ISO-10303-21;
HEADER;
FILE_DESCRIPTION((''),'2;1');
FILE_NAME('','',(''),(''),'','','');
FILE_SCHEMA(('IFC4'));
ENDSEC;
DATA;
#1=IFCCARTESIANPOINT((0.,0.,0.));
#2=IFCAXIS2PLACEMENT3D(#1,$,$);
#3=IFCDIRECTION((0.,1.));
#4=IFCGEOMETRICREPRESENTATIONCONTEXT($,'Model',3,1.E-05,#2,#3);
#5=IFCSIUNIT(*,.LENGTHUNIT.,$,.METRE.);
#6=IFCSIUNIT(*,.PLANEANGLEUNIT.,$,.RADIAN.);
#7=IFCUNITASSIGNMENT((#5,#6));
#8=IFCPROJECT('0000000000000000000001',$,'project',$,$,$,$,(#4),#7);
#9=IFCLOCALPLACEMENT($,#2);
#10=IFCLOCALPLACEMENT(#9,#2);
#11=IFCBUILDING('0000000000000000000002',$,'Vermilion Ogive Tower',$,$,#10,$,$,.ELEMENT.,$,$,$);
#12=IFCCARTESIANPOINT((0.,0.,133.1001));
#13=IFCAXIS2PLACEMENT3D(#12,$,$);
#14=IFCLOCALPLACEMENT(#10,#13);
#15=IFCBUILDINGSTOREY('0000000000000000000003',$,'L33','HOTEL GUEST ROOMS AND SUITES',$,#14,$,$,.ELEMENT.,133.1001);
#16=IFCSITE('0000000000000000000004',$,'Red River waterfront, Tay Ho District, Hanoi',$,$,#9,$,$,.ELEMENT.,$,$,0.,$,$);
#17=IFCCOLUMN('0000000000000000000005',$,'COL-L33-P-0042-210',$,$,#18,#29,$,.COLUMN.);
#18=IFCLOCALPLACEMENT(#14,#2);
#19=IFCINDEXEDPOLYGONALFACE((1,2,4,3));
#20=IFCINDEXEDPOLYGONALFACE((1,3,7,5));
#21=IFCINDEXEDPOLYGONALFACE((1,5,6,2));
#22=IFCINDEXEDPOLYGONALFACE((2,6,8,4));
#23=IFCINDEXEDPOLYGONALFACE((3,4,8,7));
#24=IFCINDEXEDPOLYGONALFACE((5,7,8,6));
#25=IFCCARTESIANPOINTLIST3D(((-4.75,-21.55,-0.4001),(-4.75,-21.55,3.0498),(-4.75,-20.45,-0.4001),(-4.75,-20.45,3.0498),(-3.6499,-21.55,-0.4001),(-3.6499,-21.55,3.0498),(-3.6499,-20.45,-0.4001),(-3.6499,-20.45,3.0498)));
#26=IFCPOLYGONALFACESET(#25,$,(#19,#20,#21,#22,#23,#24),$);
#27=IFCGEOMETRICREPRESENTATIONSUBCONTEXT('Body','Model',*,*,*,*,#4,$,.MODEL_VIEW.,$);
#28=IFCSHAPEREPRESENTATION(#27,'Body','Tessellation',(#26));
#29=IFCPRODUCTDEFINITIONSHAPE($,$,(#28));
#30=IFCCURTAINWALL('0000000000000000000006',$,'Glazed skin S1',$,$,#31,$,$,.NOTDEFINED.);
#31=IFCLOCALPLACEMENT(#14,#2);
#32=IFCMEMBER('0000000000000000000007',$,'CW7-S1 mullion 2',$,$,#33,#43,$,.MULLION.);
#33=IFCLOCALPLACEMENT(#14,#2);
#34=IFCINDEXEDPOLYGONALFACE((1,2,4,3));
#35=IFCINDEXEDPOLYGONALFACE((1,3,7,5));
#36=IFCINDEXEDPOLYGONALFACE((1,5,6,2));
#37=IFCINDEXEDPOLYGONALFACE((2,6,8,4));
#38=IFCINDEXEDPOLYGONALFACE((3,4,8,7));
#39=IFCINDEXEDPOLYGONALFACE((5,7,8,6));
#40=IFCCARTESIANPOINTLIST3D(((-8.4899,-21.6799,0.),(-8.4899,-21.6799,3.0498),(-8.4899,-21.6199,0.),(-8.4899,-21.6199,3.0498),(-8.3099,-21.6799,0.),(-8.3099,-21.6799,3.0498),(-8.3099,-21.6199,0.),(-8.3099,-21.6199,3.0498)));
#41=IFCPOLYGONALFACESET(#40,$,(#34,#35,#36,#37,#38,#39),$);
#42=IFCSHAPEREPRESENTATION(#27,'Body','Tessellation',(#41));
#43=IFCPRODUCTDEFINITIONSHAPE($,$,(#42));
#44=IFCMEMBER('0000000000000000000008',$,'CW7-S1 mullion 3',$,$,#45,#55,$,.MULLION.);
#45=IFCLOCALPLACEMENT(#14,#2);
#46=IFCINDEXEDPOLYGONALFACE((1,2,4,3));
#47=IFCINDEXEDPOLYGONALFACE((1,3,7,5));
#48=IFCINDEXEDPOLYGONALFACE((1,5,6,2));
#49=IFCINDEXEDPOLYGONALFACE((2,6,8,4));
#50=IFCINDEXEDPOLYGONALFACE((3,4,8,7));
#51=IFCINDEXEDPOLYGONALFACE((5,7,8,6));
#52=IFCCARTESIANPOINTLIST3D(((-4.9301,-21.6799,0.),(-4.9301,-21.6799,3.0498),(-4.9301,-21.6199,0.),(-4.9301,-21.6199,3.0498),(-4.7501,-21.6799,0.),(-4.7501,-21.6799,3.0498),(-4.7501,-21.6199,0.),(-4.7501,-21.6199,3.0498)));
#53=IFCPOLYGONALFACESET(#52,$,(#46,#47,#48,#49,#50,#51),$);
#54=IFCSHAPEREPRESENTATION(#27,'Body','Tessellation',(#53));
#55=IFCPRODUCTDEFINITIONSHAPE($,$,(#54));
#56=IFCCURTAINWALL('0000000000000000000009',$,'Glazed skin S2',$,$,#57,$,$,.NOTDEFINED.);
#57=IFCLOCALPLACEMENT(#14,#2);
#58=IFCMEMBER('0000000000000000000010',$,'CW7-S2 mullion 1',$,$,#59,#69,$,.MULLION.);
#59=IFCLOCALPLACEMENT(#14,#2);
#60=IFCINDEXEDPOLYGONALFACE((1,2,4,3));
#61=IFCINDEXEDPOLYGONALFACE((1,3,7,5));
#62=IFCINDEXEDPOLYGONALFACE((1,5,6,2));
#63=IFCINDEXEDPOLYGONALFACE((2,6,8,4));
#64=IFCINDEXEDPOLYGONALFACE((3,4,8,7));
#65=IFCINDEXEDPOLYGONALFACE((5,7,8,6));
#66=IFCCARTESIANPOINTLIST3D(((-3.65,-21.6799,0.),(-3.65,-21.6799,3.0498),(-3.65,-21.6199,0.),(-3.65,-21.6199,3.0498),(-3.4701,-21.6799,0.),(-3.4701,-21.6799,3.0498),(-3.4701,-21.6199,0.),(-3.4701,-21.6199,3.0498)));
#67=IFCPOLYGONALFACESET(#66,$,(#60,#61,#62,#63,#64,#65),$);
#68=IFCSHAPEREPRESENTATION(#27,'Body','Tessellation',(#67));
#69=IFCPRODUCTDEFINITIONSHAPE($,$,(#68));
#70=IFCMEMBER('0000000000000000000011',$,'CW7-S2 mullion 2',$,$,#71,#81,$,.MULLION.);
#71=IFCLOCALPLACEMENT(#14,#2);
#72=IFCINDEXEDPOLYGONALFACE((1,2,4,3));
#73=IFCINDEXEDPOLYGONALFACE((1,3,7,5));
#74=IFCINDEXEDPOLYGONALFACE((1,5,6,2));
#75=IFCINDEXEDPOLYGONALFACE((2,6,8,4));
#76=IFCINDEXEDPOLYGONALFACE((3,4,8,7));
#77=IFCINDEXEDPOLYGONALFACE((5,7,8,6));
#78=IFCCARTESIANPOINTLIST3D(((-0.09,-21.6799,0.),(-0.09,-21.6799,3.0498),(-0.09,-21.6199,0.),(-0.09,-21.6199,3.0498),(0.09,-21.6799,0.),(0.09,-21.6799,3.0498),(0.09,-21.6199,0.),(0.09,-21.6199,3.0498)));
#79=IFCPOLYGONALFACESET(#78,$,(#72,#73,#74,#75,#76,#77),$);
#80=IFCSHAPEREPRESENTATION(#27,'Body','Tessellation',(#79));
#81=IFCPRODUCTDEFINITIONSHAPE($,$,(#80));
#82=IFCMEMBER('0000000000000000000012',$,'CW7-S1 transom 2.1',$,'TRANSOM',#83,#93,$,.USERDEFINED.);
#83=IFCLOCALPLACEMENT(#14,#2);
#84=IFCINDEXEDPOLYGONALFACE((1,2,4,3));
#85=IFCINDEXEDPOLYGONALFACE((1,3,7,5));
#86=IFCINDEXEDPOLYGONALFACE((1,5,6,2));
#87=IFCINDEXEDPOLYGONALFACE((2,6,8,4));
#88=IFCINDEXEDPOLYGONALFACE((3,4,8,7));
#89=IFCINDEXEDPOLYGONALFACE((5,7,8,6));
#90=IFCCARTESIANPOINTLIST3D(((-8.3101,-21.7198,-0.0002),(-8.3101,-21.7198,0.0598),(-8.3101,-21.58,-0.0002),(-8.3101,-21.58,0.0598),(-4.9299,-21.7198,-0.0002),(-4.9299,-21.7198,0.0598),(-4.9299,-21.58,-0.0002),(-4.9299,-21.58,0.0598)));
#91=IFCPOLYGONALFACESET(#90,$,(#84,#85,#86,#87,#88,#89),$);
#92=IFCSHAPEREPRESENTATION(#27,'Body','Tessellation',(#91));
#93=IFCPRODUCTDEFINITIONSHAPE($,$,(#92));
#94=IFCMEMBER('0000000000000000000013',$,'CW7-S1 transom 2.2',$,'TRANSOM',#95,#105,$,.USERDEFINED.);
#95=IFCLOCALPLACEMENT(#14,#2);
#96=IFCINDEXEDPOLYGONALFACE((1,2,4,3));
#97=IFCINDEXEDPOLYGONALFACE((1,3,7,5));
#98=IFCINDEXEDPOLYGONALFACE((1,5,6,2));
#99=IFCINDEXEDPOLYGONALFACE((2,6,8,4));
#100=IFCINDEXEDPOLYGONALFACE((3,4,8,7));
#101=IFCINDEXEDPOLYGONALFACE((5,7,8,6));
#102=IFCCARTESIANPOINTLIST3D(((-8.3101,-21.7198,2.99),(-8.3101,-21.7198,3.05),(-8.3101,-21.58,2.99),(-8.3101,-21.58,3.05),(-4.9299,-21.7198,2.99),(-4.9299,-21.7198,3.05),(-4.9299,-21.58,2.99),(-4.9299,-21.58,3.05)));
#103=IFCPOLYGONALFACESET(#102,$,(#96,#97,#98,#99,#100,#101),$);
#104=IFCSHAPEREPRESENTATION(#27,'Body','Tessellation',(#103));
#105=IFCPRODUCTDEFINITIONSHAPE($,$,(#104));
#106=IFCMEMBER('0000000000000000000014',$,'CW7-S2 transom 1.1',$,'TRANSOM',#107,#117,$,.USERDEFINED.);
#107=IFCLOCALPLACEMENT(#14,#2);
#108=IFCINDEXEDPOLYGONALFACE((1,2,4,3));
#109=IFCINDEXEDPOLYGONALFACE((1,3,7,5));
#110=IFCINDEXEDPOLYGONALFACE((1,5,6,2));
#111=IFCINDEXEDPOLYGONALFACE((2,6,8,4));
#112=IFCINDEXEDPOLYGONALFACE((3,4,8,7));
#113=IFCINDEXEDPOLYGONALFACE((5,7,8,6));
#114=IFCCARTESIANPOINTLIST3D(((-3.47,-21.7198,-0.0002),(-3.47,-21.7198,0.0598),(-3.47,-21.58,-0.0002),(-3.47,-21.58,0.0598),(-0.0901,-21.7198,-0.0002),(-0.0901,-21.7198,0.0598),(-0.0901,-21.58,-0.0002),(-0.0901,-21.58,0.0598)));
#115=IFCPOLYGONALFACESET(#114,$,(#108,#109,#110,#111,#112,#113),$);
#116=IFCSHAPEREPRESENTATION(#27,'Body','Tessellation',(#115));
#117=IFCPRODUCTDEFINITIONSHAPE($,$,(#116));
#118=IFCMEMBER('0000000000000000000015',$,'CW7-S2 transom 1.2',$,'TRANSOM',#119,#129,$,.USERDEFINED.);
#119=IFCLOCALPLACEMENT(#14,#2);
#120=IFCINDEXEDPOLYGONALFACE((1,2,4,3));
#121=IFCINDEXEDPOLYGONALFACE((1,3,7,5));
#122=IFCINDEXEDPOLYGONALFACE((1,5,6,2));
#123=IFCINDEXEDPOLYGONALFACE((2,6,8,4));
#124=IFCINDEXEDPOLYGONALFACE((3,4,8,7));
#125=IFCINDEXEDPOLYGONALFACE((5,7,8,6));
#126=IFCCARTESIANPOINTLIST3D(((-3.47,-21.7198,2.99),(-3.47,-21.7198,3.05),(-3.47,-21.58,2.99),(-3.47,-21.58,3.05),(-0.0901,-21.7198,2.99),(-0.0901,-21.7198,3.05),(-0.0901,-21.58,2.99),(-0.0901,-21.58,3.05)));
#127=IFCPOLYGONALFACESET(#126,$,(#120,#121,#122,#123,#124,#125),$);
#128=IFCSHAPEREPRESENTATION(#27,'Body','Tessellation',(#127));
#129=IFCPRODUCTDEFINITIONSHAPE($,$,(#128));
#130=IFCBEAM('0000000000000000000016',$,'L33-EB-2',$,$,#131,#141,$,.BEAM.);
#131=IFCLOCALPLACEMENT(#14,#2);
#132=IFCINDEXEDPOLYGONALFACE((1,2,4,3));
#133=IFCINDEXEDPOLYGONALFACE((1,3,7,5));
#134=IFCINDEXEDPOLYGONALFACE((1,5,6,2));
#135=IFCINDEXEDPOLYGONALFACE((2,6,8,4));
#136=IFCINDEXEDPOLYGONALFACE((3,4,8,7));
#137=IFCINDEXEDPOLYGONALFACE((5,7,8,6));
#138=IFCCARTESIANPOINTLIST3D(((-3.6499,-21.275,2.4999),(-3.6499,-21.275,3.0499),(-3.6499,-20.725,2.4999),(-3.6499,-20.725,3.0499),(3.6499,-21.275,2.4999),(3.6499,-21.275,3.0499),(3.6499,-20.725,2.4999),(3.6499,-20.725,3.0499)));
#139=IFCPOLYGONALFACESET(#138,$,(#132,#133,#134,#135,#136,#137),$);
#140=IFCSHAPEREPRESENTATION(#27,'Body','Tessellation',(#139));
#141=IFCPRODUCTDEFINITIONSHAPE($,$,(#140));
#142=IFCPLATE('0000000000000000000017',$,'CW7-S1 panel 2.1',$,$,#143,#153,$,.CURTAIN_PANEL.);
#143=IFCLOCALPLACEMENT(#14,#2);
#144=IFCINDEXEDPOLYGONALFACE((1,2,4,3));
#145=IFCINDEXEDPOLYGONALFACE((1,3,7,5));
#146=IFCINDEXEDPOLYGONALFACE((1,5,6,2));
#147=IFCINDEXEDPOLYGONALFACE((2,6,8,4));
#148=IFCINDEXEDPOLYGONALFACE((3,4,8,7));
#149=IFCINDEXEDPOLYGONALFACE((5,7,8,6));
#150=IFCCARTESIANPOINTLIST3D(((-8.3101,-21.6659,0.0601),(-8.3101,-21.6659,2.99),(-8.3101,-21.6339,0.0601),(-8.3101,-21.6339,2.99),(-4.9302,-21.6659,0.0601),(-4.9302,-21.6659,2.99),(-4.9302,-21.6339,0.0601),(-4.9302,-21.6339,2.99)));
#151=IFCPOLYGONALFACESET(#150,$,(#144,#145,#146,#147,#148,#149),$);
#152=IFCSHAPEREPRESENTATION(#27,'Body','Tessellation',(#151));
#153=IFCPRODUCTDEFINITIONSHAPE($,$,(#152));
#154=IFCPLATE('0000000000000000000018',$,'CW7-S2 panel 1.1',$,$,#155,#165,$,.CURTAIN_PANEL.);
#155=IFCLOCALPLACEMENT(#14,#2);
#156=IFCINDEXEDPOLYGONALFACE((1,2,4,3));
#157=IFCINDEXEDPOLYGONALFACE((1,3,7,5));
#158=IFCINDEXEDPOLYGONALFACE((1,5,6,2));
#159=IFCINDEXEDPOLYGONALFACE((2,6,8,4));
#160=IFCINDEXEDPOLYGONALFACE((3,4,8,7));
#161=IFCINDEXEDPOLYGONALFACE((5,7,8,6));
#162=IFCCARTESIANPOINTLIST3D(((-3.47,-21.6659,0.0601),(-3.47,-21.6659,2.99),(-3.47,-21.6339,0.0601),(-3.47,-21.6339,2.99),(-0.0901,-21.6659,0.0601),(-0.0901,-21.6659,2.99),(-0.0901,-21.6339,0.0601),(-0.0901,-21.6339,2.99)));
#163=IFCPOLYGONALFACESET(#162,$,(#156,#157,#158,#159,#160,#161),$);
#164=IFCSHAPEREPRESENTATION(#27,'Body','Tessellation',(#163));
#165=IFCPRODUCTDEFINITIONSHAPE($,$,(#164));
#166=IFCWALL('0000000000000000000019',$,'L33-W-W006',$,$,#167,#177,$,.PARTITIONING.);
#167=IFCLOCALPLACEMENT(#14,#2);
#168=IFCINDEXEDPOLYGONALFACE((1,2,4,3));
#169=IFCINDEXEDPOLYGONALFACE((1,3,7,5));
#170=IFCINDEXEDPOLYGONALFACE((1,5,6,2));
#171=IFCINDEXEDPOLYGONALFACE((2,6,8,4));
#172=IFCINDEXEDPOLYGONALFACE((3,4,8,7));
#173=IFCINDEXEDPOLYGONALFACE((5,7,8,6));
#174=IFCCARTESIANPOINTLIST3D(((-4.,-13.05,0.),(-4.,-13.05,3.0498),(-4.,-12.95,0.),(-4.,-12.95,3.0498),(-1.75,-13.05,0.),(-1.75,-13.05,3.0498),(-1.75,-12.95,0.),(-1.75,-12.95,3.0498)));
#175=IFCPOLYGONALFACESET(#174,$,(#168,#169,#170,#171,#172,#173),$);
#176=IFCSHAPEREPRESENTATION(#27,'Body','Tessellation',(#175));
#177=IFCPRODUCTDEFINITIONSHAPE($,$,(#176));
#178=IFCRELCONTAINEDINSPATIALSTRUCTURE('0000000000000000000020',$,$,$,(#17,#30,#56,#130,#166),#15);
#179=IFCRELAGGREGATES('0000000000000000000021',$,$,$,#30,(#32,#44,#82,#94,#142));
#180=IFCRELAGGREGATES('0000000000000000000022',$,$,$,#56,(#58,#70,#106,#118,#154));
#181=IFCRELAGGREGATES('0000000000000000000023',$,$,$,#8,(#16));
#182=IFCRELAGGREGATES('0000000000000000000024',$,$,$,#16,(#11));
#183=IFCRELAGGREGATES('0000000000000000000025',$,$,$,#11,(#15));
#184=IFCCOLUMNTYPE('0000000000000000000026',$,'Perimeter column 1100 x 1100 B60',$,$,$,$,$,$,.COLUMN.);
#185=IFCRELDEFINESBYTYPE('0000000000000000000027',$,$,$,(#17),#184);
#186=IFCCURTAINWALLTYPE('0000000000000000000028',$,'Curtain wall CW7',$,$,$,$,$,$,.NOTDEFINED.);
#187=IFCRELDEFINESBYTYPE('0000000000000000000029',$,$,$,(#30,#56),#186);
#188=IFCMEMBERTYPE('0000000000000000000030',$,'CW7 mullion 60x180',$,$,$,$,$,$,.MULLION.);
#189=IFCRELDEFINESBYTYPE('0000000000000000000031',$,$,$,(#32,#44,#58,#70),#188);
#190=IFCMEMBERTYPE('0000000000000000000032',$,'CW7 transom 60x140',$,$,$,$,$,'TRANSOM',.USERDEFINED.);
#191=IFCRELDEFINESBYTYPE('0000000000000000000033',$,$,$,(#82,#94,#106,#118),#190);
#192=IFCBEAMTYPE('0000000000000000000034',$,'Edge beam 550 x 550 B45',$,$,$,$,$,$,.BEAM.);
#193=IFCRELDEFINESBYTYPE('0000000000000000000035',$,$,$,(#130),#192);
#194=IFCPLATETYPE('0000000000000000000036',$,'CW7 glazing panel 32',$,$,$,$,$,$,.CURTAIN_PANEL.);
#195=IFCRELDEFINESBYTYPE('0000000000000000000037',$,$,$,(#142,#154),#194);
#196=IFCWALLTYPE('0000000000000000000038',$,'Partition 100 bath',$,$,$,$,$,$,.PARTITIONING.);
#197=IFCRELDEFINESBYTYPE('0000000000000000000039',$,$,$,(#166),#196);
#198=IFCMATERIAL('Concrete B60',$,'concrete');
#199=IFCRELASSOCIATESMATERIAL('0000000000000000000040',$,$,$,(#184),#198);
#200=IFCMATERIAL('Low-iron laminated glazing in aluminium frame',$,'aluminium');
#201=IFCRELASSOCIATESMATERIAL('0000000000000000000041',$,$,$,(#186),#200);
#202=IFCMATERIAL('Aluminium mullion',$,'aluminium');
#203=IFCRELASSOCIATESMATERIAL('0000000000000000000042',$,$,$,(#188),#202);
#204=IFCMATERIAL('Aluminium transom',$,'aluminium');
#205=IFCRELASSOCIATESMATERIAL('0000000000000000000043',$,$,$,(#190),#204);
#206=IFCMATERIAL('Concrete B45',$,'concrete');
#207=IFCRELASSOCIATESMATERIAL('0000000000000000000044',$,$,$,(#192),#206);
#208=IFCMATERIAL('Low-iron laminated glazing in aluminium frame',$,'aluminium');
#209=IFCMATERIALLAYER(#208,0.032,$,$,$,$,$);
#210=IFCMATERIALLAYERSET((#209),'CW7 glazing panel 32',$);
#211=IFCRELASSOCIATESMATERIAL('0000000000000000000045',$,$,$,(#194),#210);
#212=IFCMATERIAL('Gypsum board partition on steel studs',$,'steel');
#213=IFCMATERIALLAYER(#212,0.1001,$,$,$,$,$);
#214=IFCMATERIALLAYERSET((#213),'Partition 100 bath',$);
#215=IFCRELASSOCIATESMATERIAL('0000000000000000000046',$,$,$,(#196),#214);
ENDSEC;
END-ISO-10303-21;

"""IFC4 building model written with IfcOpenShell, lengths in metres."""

from ifc_helpers import new_model, si_unit, direction, frame, frame_2d, origin, origin_2d, place, context, subcontext, project, spatial, rectangle, extrude, material, layer, layer_set, material_profile, profile_set, type_object, element, aggregate, save


model = new_model("IFC4")

# Units and contexts
model_context = context("Model", 3, precision=1e-05, world=origin(), true_north=direction((0.0, 1.0)))
body_context = subcontext(model_context, "Body", "Model", "MODEL_VIEW")
ifc_project = project(units=[si_unit("LENGTHUNIT", "METRE"), si_unit("PLANEANGLEUNIT", "RADIAN")], contexts=[model_context])

# Site, building, storey
site_placement = place(None, origin())
site = spatial("IfcSite", under=ifc_project, at=site_placement, Name="Red River waterfront, Tay Ho District, Hanoi", CompositionType="ELEMENT", RefElevation=0.0)
building_placement = place(site_placement, origin())
building = spatial("IfcBuilding", under=site, at=building_placement, Name="Vermilion Ogive Tower", CompositionType="ELEMENT")
storey_placement = place(building_placement, frame((0.0, 0.0, 133.1001)))
storey = spatial("IfcBuildingStorey", under=building, at=storey_placement, Name="L33", Description="HOTEL GUEST ROOMS AND SUITES", CompositionType="ELEMENT", Elevation=133.1001)

# Column
ifc_material_1 = material(Name="Concrete B60", Category="concrete")
ifc_material_profile_1 = material_profile(ifc_material_1, rectangle(XDim=1.1001, YDim=1.1001, at=origin_2d()), Name="1100 x 1100")
ifc_profile_set_1 = profile_set([ifc_material_profile_1], Name="Concrete B60")
column_type = type_object("IfcColumnType", Name="Perimeter column 1100 x 1100 B60", PredefinedType="COLUMN", material=ifc_profile_set_1)
column_placement = place(storey_placement, frame((-4.2, -21.0, -0.4001), z_axis=(0.0, 0.0, 1.0), x_axis=(1.0, 0.0, 0.0)))
element("IfcColumn", 1, at=column_placement, inside=storey, type_object=column_type, Name="COL-L33-P-0042-210", PredefinedType="COLUMN", context=body_context, shape_type="SweptSolid", body=[
    extrude(rectangle(XDim=1.1001, YDim=1.1001, at=origin_2d()), origin(), (0.0, 0.0, 1.0), 3.45),
])

# Curtain walls, members
ifc_material_2 = material(Name="Low-iron laminated glazing in aluminium frame", Category="aluminium")
curtain_wall_type = type_object("IfcCurtainWallType", Name="Curtain wall CW7", PredefinedType="NOTDEFINED", material=ifc_material_2)
curtain_wall_1_placement = place(storey_placement, origin())
curtain_wall_1 = element("IfcCurtainWall", 2, at=curtain_wall_1_placement, inside=storey, type_object=curtain_wall_type, Name="Glazed skin S1", PredefinedType="NOTDEFINED")
ifc_material_3 = material(Name="Aluminium mullion", Category="aluminium")
ifc_material_profile_2 = material_profile(ifc_material_3, rectangle(XDim=0.0601, YDim=0.1799, at=origin_2d()), Name="AL 60x180")
ifc_profile_set_2 = profile_set([ifc_material_profile_2], Name="Aluminium mullion")
member_type_1 = type_object("IfcMemberType", Name="CW7 mullion 60x180", PredefinedType="MULLION", material=ifc_profile_set_2)
member_1_placement = place(storey_placement, frame((-8.3999, -21.6499, 0.0), z_axis=(0.0, 0.0, 1.0), x_axis=(0.0, 1.0, 0.0)))
member_1 = element("IfcMember", 3, at=member_1_placement, type_object=member_type_1, Name="CW7-S1 mullion 2", PredefinedType="MULLION", context=body_context, shape_type="SweptSolid", body=[
    extrude(rectangle(XDim=0.0601, YDim=0.1799, at=origin_2d()), origin(), (0.0, 0.0, 1.0), 3.0498),
])
member_2_placement = place(storey_placement, frame((-4.8401, -21.6499, 0.0), z_axis=(0.0, 0.0, 1.0), x_axis=(0.0, 1.0, 0.0)))
member_2 = element("IfcMember", 4, at=member_2_placement, type_object=member_type_1, Name="CW7-S1 mullion 3", PredefinedType="MULLION", context=body_context, shape_type="SweptSolid", body=[
    extrude(rectangle(XDim=0.0601, YDim=0.1799, at=origin_2d()), origin(), (0.0, 0.0, 1.0), 3.0498),
])
curtain_wall_2_placement = place(storey_placement, origin())
curtain_wall_2 = element("IfcCurtainWall", 5, at=curtain_wall_2_placement, inside=storey, type_object=curtain_wall_type, Name="Glazed skin S2", PredefinedType="NOTDEFINED")
member_3_placement = place(storey_placement, frame((-3.5601, -21.6499, 0.0), z_axis=(0.0, 0.0, 1.0), x_axis=(0.0, 1.0, 0.0)))
member_3 = element("IfcMember", 6, at=member_3_placement, type_object=member_type_1, Name="CW7-S2 mullion 1", PredefinedType="MULLION", context=body_context, shape_type="SweptSolid", body=[
    extrude(rectangle(XDim=0.0601, YDim=0.1799, at=origin_2d()), origin(), (0.0, 0.0, 1.0), 3.0498),
])
member_4_placement = place(storey_placement, frame((0.0, -21.6499, 0.0), z_axis=(0.0, 0.0, 1.0), x_axis=(0.0, 1.0, 0.0)))
member_4 = element("IfcMember", 7, at=member_4_placement, type_object=member_type_1, Name="CW7-S2 mullion 2", PredefinedType="MULLION", context=body_context, shape_type="SweptSolid", body=[
    extrude(rectangle(XDim=0.0601, YDim=0.1799, at=origin_2d()), origin(), (0.0, 0.0, 1.0), 3.0498),
])

# Members
ifc_material_4 = material(Name="Aluminium transom", Category="aluminium")
ifc_material_profile_3 = material_profile(ifc_material_4, rectangle(XDim=0.1399, YDim=0.0601, at=origin_2d()), Name="AL 60x140")
ifc_profile_set_3 = profile_set([ifc_material_profile_3], Name="Aluminium transom")
member_type_2 = type_object("IfcMemberType", Name="CW7 transom 60x140", ElementType="TRANSOM", PredefinedType="USERDEFINED", material=ifc_profile_set_3)
member_5_placement = place(storey_placement, frame((-8.3101, -21.6499, 0.0298), z_axis=(1.0, 0.0, 0.0), x_axis=(0.0, 1.0, 0.0)))
member_5 = element("IfcMember", 8, at=member_5_placement, type_object=member_type_2, Name="CW7-S1 transom 2.1", ObjectType="TRANSOM", PredefinedType="USERDEFINED", context=body_context, shape_type="SweptSolid", body=[
    extrude(rectangle(XDim=0.1399, YDim=0.0601, at=origin_2d()), origin(), (0.0, 0.0, 1.0), 3.3801),
])
member_6_placement = place(storey_placement, frame((-8.3101, -21.6499, 3.02), z_axis=(1.0, 0.0, 0.0), x_axis=(0.0, 1.0, 0.0)))
member_6 = element("IfcMember", 9, at=member_6_placement, type_object=member_type_2, Name="CW7-S1 transom 2.2", ObjectType="TRANSOM", PredefinedType="USERDEFINED", context=body_context, shape_type="SweptSolid", body=[
    extrude(rectangle(XDim=0.1399, YDim=0.0601, at=origin_2d()), origin(), (0.0, 0.0, 1.0), 3.3801),
])
member_7_placement = place(storey_placement, frame((-3.47, -21.6499, 0.0298), z_axis=(1.0, 0.0, 0.0), x_axis=(0.0, 1.0, 0.0)))
member_7 = element("IfcMember", 10, at=member_7_placement, type_object=member_type_2, Name="CW7-S2 transom 1.1", ObjectType="TRANSOM", PredefinedType="USERDEFINED", context=body_context, shape_type="SweptSolid", body=[
    extrude(rectangle(XDim=0.1399, YDim=0.0601, at=origin_2d()), origin(), (0.0, 0.0, 1.0), 3.3799),
])
member_8_placement = place(storey_placement, frame((-3.47, -21.6499, 3.02), z_axis=(1.0, 0.0, 0.0), x_axis=(0.0, 1.0, 0.0)))
member_8 = element("IfcMember", 11, at=member_8_placement, type_object=member_type_2, Name="CW7-S2 transom 1.2", ObjectType="TRANSOM", PredefinedType="USERDEFINED", context=body_context, shape_type="SweptSolid", body=[
    extrude(rectangle(XDim=0.1399, YDim=0.0601, at=origin_2d()), origin(), (0.0, 0.0, 1.0), 3.3799),
])

# Beam
ifc_material_5 = material(Name="Concrete B45", Category="concrete")
ifc_material_profile_4 = material_profile(ifc_material_5, rectangle(XDim=0.55, YDim=0.55, at=origin_2d()), Name="550 x 550")
ifc_profile_set_4 = profile_set([ifc_material_profile_4], Name="Concrete B45")
beam_type = type_object("IfcBeamType", Name="Edge beam 550 x 550 B45", PredefinedType="BEAM", material=ifc_profile_set_4)
beam_placement = place(storey_placement, frame((-3.6499, -21.0, 2.7749), z_axis=(1.0, 0.0, 0.0), x_axis=(0.0, 1.0, 0.0)))
element("IfcBeam", 12, at=beam_placement, inside=storey, type_object=beam_type, Name="L33-EB-2", PredefinedType="BEAM", context=body_context, shape_type="SweptSolid", body=[
    extrude(rectangle(XDim=0.55, YDim=0.55, at=origin_2d()), origin(), (0.0, 0.0, 1.0), 7.2998),
])

# Plates
ifc_material_6 = material(Name="Low-iron laminated glazing in aluminium frame", Category="aluminium")
ifc_layer_1 = layer(ifc_material_6, 0.032)
ifc_layer_set_1 = layer_set([ifc_layer_1], Name="CW7 glazing panel 32")
plate_type = type_object("IfcPlateType", Name="CW7 glazing panel 32", PredefinedType="CURTAIN_PANEL", material=ifc_layer_set_1)
plate_1_placement = place(storey_placement, frame((-6.6201, -21.6499, 0.0601), z_axis=(0.0, 0.0, 1.0), x_axis=(1.0, 0.0, 0.0)))
plate_1 = element("IfcPlate", 13, at=plate_1_placement, type_object=plate_type, Name="CW7-S1 panel 2.1", PredefinedType="CURTAIN_PANEL", context=body_context, shape_type="SweptSolid", body=[
    extrude(rectangle(XDim=3.3799, YDim=0.032, at=origin_2d()), origin(), (0.0, 0.0, 1.0), 2.9299),
])
aggregate(curtain_wall_1, [member_1, member_2, member_5, member_6, plate_1])
plate_2_placement = place(storey_placement, frame((-1.78, -21.6499, 0.0601), z_axis=(0.0, 0.0, 1.0), x_axis=(1.0, 0.0, 0.0)))
plate_2 = element("IfcPlate", 14, at=plate_2_placement, type_object=plate_type, Name="CW7-S2 panel 1.1", PredefinedType="CURTAIN_PANEL", context=body_context, shape_type="SweptSolid", body=[
    extrude(rectangle(XDim=3.3799, YDim=0.032, at=origin_2d()), origin(), (0.0, 0.0, 1.0), 2.9299),
])
aggregate(curtain_wall_2, [member_3, member_4, member_7, member_8, plate_2])

# Wall
ifc_material_7 = material(Name="Gypsum board partition on steel studs", Category="steel")
ifc_layer_2 = layer(ifc_material_7, 0.1001)
ifc_layer_set_2 = layer_set([ifc_layer_2], Name="Partition 100 bath")
wall_type_1 = type_object("IfcWallType", Name="Partition 100 bath", PredefinedType="PARTITIONING", material=ifc_layer_set_2)
wall_1_placement = place(storey_placement, frame((-4.0, -13.0, 0.0), z_axis=(0.0, 0.0, 1.0), x_axis=(1.0, 0.0, 0.0)))
element("IfcWall", 15, at=wall_1_placement, inside=storey, type_object=wall_type_1, Name="L33-W-W006", PredefinedType="PARTITIONING", context=body_context, shape_type="SweptSolid", body=[
    extrude(rectangle(XDim=2.25, YDim=0.1001, at=frame_2d((1.125, 0.0))), origin(), (0.0, 0.0, 1.0), 3.0498),
])

save(model, "model.ifc")
